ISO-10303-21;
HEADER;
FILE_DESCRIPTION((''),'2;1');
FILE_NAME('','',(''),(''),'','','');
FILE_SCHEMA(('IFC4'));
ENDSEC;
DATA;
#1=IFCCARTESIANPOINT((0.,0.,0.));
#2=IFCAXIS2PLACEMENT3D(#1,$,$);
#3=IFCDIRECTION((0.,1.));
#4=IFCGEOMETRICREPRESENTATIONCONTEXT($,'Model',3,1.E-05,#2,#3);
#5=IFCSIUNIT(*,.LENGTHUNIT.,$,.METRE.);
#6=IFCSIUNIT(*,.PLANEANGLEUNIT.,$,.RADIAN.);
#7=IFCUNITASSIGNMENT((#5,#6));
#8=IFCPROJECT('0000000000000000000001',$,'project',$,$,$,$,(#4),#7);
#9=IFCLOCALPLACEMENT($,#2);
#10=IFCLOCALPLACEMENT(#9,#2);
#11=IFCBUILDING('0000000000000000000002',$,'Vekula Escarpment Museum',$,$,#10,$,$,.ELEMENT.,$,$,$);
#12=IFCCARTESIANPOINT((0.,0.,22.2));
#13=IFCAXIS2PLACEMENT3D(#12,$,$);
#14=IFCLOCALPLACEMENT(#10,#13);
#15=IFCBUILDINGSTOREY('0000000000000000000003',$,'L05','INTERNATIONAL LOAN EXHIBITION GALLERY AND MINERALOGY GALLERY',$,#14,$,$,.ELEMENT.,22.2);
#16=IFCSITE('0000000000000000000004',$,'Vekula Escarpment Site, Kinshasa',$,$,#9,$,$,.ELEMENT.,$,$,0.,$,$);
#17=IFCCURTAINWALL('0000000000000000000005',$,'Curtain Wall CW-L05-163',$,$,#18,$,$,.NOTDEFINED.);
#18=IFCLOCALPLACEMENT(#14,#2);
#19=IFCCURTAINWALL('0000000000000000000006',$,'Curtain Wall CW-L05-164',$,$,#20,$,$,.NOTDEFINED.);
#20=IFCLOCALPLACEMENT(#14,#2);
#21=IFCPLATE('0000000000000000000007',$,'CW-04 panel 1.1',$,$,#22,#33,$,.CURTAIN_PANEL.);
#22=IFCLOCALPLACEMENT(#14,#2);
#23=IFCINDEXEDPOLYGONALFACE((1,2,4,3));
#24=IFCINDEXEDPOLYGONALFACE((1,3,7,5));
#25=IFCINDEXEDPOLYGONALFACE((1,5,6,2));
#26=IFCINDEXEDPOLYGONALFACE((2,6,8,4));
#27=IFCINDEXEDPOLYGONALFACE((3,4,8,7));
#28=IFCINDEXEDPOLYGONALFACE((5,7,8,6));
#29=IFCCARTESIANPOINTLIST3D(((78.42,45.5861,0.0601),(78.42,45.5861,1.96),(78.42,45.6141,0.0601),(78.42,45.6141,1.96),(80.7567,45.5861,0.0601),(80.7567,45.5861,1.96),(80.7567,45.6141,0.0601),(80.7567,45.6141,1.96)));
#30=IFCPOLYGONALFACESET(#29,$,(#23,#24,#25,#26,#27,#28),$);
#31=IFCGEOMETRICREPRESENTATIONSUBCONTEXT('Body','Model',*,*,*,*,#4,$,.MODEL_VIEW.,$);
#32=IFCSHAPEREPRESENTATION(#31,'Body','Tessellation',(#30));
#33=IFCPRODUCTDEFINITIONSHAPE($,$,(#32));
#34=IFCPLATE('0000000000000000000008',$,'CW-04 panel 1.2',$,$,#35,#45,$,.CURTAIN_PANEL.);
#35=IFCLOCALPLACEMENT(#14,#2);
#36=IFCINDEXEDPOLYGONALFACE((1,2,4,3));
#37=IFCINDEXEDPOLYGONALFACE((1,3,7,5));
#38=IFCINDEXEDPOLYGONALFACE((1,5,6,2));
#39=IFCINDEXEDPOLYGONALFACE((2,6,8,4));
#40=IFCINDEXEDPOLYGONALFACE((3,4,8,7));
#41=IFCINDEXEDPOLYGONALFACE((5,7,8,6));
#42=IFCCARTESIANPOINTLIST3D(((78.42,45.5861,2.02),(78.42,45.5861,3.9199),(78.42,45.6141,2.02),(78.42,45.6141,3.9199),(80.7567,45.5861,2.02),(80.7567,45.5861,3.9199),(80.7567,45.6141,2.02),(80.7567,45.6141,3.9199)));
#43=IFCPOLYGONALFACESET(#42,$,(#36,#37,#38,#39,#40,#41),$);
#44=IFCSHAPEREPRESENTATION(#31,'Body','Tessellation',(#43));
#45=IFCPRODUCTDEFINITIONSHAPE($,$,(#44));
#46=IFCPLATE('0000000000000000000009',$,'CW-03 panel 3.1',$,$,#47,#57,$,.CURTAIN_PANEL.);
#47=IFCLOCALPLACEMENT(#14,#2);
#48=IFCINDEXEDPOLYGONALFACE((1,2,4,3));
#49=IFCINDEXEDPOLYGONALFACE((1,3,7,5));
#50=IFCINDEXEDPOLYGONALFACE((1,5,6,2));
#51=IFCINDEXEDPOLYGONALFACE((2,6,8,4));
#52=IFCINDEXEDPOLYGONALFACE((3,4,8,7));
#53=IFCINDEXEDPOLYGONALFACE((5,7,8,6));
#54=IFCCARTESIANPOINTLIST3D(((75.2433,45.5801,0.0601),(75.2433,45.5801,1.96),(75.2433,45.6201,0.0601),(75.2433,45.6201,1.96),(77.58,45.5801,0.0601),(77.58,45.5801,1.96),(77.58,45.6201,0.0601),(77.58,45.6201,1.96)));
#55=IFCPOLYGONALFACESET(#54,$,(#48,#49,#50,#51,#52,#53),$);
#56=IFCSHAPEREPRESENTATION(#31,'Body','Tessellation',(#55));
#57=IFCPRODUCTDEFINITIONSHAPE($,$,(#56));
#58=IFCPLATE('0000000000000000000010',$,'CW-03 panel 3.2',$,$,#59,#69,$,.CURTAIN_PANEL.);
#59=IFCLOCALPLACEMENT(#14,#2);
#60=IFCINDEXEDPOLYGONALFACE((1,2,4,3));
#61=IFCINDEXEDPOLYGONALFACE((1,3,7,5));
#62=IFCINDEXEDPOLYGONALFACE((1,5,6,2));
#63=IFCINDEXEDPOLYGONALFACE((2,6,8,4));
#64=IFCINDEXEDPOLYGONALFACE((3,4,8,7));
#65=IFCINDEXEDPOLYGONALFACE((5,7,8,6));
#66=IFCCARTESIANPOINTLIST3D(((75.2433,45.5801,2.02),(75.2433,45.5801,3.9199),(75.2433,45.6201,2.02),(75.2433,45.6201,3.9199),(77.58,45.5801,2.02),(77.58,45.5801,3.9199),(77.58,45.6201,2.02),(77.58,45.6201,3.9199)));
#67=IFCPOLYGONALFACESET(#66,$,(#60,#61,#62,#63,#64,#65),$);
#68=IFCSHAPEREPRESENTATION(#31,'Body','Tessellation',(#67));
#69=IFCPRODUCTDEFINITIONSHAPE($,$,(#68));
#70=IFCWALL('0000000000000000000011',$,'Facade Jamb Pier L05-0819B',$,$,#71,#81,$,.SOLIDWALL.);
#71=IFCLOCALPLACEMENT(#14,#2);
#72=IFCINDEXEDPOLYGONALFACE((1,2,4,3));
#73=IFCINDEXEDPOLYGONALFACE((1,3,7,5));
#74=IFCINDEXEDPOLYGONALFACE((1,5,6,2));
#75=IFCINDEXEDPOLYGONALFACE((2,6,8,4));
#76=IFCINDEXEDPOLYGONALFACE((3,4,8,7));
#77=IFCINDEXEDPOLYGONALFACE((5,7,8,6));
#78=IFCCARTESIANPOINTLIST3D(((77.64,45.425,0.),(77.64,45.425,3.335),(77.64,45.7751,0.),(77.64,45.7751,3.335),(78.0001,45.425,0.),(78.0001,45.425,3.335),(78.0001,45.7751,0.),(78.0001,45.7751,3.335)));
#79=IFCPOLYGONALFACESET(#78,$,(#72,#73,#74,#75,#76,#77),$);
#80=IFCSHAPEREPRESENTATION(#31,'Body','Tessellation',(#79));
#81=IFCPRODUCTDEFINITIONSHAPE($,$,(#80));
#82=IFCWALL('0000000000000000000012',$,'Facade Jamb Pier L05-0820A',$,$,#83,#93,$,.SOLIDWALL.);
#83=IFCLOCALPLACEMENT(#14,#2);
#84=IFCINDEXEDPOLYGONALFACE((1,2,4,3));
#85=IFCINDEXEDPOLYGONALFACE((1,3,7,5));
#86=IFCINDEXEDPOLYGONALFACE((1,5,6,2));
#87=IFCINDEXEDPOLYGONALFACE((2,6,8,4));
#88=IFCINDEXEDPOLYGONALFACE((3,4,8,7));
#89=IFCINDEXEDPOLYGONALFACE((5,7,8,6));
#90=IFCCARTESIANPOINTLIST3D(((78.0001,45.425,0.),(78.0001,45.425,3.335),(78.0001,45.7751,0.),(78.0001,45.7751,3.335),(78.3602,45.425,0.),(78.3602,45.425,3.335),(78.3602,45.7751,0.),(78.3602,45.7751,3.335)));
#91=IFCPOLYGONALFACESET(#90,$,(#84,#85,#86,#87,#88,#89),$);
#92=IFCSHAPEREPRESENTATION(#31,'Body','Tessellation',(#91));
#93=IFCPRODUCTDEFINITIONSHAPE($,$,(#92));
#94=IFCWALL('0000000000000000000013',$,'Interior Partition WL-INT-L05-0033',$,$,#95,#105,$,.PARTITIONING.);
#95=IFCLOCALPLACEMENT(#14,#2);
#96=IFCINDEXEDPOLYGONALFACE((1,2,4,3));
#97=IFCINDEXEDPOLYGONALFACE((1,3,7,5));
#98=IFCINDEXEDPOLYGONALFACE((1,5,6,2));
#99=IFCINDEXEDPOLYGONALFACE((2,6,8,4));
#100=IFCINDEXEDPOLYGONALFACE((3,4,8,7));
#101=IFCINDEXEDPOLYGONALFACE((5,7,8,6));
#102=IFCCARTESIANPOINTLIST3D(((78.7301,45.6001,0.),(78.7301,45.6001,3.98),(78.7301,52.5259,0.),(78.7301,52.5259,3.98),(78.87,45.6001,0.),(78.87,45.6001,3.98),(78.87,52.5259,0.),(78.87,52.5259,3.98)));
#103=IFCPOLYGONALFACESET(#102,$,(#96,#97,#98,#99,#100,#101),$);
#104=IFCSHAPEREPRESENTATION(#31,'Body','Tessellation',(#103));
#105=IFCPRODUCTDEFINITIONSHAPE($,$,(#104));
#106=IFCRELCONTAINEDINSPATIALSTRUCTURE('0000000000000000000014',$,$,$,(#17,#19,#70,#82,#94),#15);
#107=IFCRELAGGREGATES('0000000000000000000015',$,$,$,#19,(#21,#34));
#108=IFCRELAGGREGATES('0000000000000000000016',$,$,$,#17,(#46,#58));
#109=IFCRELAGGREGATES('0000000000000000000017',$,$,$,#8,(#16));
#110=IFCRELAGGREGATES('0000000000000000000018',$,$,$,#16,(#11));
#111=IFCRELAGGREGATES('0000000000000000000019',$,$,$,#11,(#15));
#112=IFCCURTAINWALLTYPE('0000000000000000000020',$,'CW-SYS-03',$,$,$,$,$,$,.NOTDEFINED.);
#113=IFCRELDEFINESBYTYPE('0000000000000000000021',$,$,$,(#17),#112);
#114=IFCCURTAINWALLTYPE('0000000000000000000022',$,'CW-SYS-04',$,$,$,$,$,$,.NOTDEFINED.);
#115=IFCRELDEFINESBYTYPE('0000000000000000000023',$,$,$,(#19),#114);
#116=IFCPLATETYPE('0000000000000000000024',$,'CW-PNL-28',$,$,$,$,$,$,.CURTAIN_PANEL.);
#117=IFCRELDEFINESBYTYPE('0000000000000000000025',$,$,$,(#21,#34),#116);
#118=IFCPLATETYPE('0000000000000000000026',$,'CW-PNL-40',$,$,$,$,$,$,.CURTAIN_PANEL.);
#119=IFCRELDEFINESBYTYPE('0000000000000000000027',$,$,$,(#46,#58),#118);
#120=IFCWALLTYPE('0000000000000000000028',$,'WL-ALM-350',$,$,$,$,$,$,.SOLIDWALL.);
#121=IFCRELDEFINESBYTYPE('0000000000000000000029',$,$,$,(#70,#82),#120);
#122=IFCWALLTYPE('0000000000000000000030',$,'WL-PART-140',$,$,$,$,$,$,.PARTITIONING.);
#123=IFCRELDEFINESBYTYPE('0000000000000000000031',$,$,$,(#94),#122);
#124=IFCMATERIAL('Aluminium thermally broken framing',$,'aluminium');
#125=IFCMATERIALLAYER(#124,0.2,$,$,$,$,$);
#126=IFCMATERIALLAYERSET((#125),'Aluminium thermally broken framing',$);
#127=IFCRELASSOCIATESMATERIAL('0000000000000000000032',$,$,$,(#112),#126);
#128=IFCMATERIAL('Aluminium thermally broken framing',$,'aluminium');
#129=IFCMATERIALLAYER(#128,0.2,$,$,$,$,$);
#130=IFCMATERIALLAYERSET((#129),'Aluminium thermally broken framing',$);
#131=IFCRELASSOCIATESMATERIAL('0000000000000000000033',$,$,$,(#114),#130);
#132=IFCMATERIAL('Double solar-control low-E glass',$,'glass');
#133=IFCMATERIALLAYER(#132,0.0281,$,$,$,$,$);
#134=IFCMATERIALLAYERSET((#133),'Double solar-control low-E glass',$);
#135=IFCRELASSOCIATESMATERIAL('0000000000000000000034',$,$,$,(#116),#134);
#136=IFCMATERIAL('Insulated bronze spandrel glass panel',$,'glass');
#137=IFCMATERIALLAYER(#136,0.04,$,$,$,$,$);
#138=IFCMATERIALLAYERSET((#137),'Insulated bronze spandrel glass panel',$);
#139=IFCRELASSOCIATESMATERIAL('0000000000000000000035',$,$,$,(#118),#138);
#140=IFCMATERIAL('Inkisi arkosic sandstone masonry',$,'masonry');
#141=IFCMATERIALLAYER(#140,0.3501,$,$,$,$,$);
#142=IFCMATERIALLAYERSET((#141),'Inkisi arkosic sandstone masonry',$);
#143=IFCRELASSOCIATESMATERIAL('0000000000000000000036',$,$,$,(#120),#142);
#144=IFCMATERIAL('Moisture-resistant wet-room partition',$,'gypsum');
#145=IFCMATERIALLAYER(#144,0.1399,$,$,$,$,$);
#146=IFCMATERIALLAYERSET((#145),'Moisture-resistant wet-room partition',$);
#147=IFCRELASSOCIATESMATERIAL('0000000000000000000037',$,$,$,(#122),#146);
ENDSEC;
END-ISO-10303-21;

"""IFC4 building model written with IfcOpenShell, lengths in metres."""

from ifc_helpers import new_model, si_unit, direction, frame, frame_2d, origin, origin_2d, place, context, subcontext, project, spatial, rectangle, extrude, material, layer, layer_set, type_object, element, aggregate, save


model = new_model("IFC4")

# Units and contexts
model_context = context("Model", 3, precision=1e-05, world=origin(), true_north=direction((0.0, 1.0)))
body_context = subcontext(model_context, "Body", "Model", "MODEL_VIEW")
ifc_project = project(units=[si_unit("LENGTHUNIT", "METRE"), si_unit("PLANEANGLEUNIT", "RADIAN")], contexts=[model_context])

# Site, building, storey
site_placement = place(None, origin())
site = spatial("IfcSite", under=ifc_project, at=site_placement, Name="Vekula Escarpment Site, Kinshasa", CompositionType="ELEMENT", RefElevation=0.0)
building_placement = place(site_placement, origin())
building = spatial("IfcBuilding", under=site, at=building_placement, Name="Vekula Escarpment Museum", CompositionType="ELEMENT")
storey_placement = place(building_placement, frame((0.0, 0.0, 22.2)))
storey = spatial("IfcBuildingStorey", under=building, at=storey_placement, Name="L05", Description="INTERNATIONAL LOAN EXHIBITION GALLERY AND MINERALOGY GALLERY", CompositionType="ELEMENT", Elevation=22.2)

# Curtain wall
ifc_material_1 = material(Name="Aluminium thermally broken framing", Category="aluminium")
ifc_layer_1 = layer(ifc_material_1, 0.2)
ifc_layer_set_1 = layer_set([ifc_layer_1], Name="Aluminium thermally broken framing")
curtain_wall_type_1 = type_object("IfcCurtainWallType", Name="CW-SYS-03", PredefinedType="NOTDEFINED", material=ifc_layer_set_1)
curtain_wall_1_placement = place(storey_placement, origin())
curtain_wall_1 = element("IfcCurtainWall", 1, at=curtain_wall_1_placement, inside=storey, type_object=curtain_wall_type_1, Name="Curtain Wall CW-L05-163", PredefinedType="NOTDEFINED")

# Curtain wall
ifc_material_2 = material(Name="Aluminium thermally broken framing", Category="aluminium")
ifc_layer_2 = layer(ifc_material_2, 0.2)
ifc_layer_set_2 = layer_set([ifc_layer_2], Name="Aluminium thermally broken framing")
curtain_wall_type_2 = type_object("IfcCurtainWallType", Name="CW-SYS-04", PredefinedType="NOTDEFINED", material=ifc_layer_set_2)
curtain_wall_2_placement = place(storey_placement, origin())
curtain_wall_2 = element("IfcCurtainWall", 2, at=curtain_wall_2_placement, inside=storey, type_object=curtain_wall_type_2, Name="Curtain Wall CW-L05-164", PredefinedType="NOTDEFINED")

# Plates
ifc_material_3 = material(Name="Double solar-control low-E glass", Category="glass")
ifc_layer_3 = layer(ifc_material_3, 0.0281)
ifc_layer_set_3 = layer_set([ifc_layer_3], Name="Double solar-control low-E glass")
plate_type_1 = type_object("IfcPlateType", Name="CW-PNL-28", PredefinedType="CURTAIN_PANEL", material=ifc_layer_set_3)
plate_1_placement = place(storey_placement, frame((79.5884, 45.6001, 0.0601), z_axis=(0.0, 0.0, 1.0), x_axis=(1.0, 0.0, 0.0)))
plate_1 = element("IfcPlate", 3, at=plate_1_placement, type_object=plate_type_1, Name="CW-04 panel 1.1", PredefinedType="CURTAIN_PANEL", context=body_context, shape_type="SweptSolid", body=[
    extrude(rectangle(XDim=2.3367, YDim=0.0281, at=origin_2d()), origin(), (0.0, 0.0, 1.0), 1.8999),
])
plate_2_placement = place(storey_placement, frame((79.5884, 45.6001, 2.02), z_axis=(0.0, 0.0, 1.0), x_axis=(1.0, 0.0, 0.0)))
plate_2 = element("IfcPlate", 4, at=plate_2_placement, type_object=plate_type_1, Name="CW-04 panel 1.2", PredefinedType="CURTAIN_PANEL", context=body_context, shape_type="SweptSolid", body=[
    extrude(rectangle(XDim=2.3367, YDim=0.0281, at=origin_2d()), origin(), (0.0, 0.0, 1.0), 1.8999),
])
aggregate(curtain_wall_2, [plate_1, plate_2])
ifc_material_4 = material(Name="Insulated bronze spandrel glass panel", Category="glass")
ifc_layer_4 = layer(ifc_material_4, 0.04)
ifc_layer_set_4 = layer_set([ifc_layer_4], Name="Insulated bronze spandrel glass panel")
plate_type_2 = type_object("IfcPlateType", Name="CW-PNL-40", PredefinedType="CURTAIN_PANEL", material=ifc_layer_set_4)
plate_3_placement = place(storey_placement, frame((76.4116, 45.6001, 0.0601), z_axis=(0.0, 0.0, 1.0), x_axis=(1.0, 0.0, 0.0)))
plate_3 = element("IfcPlate", 5, at=plate_3_placement, type_object=plate_type_2, Name="CW-03 panel 3.1", PredefinedType="CURTAIN_PANEL", context=body_context, shape_type="SweptSolid", body=[
    extrude(rectangle(XDim=2.3367, YDim=0.04, at=origin_2d()), origin(), (0.0, 0.0, 1.0), 1.8999),
])
plate_4_placement = place(storey_placement, frame((76.4116, 45.6001, 2.02), z_axis=(0.0, 0.0, 1.0), x_axis=(1.0, 0.0, 0.0)))
plate_4 = element("IfcPlate", 6, at=plate_4_placement, type_object=plate_type_2, Name="CW-03 panel 3.2", PredefinedType="CURTAIN_PANEL", context=body_context, shape_type="SweptSolid", body=[
    extrude(rectangle(XDim=2.3367, YDim=0.04, at=origin_2d()), origin(), (0.0, 0.0, 1.0), 1.8999),
])
aggregate(curtain_wall_1, [plate_3, plate_4])

# Walls
ifc_material_5 = material(Name="Inkisi arkosic sandstone masonry", Category="masonry")
ifc_layer_5 = layer(ifc_material_5, 0.3501)
ifc_layer_set_5 = layer_set([ifc_layer_5], Name="Inkisi arkosic sandstone masonry")
wall_type_1 = type_object("IfcWallType", Name="WL-ALM-350", PredefinedType="SOLIDWALL", material=ifc_layer_set_5)
for number, where, z_axis, x_axis, name in (
    (7, (77.6399, 45.6001, 0.0), (0.0, 0.0, 1.0), (1.0, 0.0, 0.0), "Facade Jamb Pier L05-0819B"),
    (8, (78.0, 45.6001, 0.0), (0.0, 0.0, 1.0), (1.0, 0.0, 0.0), "Facade Jamb Pier L05-0820A"),
):
    element("IfcWall", number, at=place(storey_placement, frame(where, z_axis=z_axis, x_axis=x_axis)), inside=storey, type_object=wall_type_1, Name=name, PredefinedType="SOLIDWALL", context=body_context, shape_type="SweptSolid", body=[
        extrude(rectangle(XDim=0.3601, YDim=0.3501, at=frame_2d((0.1802, 0.0))), origin(), (0.0, 0.0, 1.0), 3.335),
    ])
ifc_material_6 = material(Name="Moisture-resistant wet-room partition", Category="gypsum")
ifc_layer_6 = layer(ifc_material_6, 0.1399)
ifc_layer_set_6 = layer_set([ifc_layer_6], Name="Moisture-resistant wet-room partition")
wall_type_2 = type_object("IfcWallType", Name="WL-PART-140", PredefinedType="PARTITIONING", material=ifc_layer_set_6)
wall_placement = place(storey_placement, frame((78.8, 45.6001, 0.0), z_axis=(0.0, 0.0, 1.0), x_axis=(0.0, 1.0, 0.0)))
element("IfcWall", 9, at=wall_placement, inside=storey, type_object=wall_type_2, Name="Interior Partition WL-INT-L05-0033", PredefinedType="PARTITIONING", context=body_context, shape_type="SweptSolid", body=[
    extrude(rectangle(XDim=6.9258, YDim=0.1399, at=frame_2d((3.4629, 0.0))), origin(), (0.0, 0.0, 1.0), 3.98),
])

save(model, "model.ifc")
